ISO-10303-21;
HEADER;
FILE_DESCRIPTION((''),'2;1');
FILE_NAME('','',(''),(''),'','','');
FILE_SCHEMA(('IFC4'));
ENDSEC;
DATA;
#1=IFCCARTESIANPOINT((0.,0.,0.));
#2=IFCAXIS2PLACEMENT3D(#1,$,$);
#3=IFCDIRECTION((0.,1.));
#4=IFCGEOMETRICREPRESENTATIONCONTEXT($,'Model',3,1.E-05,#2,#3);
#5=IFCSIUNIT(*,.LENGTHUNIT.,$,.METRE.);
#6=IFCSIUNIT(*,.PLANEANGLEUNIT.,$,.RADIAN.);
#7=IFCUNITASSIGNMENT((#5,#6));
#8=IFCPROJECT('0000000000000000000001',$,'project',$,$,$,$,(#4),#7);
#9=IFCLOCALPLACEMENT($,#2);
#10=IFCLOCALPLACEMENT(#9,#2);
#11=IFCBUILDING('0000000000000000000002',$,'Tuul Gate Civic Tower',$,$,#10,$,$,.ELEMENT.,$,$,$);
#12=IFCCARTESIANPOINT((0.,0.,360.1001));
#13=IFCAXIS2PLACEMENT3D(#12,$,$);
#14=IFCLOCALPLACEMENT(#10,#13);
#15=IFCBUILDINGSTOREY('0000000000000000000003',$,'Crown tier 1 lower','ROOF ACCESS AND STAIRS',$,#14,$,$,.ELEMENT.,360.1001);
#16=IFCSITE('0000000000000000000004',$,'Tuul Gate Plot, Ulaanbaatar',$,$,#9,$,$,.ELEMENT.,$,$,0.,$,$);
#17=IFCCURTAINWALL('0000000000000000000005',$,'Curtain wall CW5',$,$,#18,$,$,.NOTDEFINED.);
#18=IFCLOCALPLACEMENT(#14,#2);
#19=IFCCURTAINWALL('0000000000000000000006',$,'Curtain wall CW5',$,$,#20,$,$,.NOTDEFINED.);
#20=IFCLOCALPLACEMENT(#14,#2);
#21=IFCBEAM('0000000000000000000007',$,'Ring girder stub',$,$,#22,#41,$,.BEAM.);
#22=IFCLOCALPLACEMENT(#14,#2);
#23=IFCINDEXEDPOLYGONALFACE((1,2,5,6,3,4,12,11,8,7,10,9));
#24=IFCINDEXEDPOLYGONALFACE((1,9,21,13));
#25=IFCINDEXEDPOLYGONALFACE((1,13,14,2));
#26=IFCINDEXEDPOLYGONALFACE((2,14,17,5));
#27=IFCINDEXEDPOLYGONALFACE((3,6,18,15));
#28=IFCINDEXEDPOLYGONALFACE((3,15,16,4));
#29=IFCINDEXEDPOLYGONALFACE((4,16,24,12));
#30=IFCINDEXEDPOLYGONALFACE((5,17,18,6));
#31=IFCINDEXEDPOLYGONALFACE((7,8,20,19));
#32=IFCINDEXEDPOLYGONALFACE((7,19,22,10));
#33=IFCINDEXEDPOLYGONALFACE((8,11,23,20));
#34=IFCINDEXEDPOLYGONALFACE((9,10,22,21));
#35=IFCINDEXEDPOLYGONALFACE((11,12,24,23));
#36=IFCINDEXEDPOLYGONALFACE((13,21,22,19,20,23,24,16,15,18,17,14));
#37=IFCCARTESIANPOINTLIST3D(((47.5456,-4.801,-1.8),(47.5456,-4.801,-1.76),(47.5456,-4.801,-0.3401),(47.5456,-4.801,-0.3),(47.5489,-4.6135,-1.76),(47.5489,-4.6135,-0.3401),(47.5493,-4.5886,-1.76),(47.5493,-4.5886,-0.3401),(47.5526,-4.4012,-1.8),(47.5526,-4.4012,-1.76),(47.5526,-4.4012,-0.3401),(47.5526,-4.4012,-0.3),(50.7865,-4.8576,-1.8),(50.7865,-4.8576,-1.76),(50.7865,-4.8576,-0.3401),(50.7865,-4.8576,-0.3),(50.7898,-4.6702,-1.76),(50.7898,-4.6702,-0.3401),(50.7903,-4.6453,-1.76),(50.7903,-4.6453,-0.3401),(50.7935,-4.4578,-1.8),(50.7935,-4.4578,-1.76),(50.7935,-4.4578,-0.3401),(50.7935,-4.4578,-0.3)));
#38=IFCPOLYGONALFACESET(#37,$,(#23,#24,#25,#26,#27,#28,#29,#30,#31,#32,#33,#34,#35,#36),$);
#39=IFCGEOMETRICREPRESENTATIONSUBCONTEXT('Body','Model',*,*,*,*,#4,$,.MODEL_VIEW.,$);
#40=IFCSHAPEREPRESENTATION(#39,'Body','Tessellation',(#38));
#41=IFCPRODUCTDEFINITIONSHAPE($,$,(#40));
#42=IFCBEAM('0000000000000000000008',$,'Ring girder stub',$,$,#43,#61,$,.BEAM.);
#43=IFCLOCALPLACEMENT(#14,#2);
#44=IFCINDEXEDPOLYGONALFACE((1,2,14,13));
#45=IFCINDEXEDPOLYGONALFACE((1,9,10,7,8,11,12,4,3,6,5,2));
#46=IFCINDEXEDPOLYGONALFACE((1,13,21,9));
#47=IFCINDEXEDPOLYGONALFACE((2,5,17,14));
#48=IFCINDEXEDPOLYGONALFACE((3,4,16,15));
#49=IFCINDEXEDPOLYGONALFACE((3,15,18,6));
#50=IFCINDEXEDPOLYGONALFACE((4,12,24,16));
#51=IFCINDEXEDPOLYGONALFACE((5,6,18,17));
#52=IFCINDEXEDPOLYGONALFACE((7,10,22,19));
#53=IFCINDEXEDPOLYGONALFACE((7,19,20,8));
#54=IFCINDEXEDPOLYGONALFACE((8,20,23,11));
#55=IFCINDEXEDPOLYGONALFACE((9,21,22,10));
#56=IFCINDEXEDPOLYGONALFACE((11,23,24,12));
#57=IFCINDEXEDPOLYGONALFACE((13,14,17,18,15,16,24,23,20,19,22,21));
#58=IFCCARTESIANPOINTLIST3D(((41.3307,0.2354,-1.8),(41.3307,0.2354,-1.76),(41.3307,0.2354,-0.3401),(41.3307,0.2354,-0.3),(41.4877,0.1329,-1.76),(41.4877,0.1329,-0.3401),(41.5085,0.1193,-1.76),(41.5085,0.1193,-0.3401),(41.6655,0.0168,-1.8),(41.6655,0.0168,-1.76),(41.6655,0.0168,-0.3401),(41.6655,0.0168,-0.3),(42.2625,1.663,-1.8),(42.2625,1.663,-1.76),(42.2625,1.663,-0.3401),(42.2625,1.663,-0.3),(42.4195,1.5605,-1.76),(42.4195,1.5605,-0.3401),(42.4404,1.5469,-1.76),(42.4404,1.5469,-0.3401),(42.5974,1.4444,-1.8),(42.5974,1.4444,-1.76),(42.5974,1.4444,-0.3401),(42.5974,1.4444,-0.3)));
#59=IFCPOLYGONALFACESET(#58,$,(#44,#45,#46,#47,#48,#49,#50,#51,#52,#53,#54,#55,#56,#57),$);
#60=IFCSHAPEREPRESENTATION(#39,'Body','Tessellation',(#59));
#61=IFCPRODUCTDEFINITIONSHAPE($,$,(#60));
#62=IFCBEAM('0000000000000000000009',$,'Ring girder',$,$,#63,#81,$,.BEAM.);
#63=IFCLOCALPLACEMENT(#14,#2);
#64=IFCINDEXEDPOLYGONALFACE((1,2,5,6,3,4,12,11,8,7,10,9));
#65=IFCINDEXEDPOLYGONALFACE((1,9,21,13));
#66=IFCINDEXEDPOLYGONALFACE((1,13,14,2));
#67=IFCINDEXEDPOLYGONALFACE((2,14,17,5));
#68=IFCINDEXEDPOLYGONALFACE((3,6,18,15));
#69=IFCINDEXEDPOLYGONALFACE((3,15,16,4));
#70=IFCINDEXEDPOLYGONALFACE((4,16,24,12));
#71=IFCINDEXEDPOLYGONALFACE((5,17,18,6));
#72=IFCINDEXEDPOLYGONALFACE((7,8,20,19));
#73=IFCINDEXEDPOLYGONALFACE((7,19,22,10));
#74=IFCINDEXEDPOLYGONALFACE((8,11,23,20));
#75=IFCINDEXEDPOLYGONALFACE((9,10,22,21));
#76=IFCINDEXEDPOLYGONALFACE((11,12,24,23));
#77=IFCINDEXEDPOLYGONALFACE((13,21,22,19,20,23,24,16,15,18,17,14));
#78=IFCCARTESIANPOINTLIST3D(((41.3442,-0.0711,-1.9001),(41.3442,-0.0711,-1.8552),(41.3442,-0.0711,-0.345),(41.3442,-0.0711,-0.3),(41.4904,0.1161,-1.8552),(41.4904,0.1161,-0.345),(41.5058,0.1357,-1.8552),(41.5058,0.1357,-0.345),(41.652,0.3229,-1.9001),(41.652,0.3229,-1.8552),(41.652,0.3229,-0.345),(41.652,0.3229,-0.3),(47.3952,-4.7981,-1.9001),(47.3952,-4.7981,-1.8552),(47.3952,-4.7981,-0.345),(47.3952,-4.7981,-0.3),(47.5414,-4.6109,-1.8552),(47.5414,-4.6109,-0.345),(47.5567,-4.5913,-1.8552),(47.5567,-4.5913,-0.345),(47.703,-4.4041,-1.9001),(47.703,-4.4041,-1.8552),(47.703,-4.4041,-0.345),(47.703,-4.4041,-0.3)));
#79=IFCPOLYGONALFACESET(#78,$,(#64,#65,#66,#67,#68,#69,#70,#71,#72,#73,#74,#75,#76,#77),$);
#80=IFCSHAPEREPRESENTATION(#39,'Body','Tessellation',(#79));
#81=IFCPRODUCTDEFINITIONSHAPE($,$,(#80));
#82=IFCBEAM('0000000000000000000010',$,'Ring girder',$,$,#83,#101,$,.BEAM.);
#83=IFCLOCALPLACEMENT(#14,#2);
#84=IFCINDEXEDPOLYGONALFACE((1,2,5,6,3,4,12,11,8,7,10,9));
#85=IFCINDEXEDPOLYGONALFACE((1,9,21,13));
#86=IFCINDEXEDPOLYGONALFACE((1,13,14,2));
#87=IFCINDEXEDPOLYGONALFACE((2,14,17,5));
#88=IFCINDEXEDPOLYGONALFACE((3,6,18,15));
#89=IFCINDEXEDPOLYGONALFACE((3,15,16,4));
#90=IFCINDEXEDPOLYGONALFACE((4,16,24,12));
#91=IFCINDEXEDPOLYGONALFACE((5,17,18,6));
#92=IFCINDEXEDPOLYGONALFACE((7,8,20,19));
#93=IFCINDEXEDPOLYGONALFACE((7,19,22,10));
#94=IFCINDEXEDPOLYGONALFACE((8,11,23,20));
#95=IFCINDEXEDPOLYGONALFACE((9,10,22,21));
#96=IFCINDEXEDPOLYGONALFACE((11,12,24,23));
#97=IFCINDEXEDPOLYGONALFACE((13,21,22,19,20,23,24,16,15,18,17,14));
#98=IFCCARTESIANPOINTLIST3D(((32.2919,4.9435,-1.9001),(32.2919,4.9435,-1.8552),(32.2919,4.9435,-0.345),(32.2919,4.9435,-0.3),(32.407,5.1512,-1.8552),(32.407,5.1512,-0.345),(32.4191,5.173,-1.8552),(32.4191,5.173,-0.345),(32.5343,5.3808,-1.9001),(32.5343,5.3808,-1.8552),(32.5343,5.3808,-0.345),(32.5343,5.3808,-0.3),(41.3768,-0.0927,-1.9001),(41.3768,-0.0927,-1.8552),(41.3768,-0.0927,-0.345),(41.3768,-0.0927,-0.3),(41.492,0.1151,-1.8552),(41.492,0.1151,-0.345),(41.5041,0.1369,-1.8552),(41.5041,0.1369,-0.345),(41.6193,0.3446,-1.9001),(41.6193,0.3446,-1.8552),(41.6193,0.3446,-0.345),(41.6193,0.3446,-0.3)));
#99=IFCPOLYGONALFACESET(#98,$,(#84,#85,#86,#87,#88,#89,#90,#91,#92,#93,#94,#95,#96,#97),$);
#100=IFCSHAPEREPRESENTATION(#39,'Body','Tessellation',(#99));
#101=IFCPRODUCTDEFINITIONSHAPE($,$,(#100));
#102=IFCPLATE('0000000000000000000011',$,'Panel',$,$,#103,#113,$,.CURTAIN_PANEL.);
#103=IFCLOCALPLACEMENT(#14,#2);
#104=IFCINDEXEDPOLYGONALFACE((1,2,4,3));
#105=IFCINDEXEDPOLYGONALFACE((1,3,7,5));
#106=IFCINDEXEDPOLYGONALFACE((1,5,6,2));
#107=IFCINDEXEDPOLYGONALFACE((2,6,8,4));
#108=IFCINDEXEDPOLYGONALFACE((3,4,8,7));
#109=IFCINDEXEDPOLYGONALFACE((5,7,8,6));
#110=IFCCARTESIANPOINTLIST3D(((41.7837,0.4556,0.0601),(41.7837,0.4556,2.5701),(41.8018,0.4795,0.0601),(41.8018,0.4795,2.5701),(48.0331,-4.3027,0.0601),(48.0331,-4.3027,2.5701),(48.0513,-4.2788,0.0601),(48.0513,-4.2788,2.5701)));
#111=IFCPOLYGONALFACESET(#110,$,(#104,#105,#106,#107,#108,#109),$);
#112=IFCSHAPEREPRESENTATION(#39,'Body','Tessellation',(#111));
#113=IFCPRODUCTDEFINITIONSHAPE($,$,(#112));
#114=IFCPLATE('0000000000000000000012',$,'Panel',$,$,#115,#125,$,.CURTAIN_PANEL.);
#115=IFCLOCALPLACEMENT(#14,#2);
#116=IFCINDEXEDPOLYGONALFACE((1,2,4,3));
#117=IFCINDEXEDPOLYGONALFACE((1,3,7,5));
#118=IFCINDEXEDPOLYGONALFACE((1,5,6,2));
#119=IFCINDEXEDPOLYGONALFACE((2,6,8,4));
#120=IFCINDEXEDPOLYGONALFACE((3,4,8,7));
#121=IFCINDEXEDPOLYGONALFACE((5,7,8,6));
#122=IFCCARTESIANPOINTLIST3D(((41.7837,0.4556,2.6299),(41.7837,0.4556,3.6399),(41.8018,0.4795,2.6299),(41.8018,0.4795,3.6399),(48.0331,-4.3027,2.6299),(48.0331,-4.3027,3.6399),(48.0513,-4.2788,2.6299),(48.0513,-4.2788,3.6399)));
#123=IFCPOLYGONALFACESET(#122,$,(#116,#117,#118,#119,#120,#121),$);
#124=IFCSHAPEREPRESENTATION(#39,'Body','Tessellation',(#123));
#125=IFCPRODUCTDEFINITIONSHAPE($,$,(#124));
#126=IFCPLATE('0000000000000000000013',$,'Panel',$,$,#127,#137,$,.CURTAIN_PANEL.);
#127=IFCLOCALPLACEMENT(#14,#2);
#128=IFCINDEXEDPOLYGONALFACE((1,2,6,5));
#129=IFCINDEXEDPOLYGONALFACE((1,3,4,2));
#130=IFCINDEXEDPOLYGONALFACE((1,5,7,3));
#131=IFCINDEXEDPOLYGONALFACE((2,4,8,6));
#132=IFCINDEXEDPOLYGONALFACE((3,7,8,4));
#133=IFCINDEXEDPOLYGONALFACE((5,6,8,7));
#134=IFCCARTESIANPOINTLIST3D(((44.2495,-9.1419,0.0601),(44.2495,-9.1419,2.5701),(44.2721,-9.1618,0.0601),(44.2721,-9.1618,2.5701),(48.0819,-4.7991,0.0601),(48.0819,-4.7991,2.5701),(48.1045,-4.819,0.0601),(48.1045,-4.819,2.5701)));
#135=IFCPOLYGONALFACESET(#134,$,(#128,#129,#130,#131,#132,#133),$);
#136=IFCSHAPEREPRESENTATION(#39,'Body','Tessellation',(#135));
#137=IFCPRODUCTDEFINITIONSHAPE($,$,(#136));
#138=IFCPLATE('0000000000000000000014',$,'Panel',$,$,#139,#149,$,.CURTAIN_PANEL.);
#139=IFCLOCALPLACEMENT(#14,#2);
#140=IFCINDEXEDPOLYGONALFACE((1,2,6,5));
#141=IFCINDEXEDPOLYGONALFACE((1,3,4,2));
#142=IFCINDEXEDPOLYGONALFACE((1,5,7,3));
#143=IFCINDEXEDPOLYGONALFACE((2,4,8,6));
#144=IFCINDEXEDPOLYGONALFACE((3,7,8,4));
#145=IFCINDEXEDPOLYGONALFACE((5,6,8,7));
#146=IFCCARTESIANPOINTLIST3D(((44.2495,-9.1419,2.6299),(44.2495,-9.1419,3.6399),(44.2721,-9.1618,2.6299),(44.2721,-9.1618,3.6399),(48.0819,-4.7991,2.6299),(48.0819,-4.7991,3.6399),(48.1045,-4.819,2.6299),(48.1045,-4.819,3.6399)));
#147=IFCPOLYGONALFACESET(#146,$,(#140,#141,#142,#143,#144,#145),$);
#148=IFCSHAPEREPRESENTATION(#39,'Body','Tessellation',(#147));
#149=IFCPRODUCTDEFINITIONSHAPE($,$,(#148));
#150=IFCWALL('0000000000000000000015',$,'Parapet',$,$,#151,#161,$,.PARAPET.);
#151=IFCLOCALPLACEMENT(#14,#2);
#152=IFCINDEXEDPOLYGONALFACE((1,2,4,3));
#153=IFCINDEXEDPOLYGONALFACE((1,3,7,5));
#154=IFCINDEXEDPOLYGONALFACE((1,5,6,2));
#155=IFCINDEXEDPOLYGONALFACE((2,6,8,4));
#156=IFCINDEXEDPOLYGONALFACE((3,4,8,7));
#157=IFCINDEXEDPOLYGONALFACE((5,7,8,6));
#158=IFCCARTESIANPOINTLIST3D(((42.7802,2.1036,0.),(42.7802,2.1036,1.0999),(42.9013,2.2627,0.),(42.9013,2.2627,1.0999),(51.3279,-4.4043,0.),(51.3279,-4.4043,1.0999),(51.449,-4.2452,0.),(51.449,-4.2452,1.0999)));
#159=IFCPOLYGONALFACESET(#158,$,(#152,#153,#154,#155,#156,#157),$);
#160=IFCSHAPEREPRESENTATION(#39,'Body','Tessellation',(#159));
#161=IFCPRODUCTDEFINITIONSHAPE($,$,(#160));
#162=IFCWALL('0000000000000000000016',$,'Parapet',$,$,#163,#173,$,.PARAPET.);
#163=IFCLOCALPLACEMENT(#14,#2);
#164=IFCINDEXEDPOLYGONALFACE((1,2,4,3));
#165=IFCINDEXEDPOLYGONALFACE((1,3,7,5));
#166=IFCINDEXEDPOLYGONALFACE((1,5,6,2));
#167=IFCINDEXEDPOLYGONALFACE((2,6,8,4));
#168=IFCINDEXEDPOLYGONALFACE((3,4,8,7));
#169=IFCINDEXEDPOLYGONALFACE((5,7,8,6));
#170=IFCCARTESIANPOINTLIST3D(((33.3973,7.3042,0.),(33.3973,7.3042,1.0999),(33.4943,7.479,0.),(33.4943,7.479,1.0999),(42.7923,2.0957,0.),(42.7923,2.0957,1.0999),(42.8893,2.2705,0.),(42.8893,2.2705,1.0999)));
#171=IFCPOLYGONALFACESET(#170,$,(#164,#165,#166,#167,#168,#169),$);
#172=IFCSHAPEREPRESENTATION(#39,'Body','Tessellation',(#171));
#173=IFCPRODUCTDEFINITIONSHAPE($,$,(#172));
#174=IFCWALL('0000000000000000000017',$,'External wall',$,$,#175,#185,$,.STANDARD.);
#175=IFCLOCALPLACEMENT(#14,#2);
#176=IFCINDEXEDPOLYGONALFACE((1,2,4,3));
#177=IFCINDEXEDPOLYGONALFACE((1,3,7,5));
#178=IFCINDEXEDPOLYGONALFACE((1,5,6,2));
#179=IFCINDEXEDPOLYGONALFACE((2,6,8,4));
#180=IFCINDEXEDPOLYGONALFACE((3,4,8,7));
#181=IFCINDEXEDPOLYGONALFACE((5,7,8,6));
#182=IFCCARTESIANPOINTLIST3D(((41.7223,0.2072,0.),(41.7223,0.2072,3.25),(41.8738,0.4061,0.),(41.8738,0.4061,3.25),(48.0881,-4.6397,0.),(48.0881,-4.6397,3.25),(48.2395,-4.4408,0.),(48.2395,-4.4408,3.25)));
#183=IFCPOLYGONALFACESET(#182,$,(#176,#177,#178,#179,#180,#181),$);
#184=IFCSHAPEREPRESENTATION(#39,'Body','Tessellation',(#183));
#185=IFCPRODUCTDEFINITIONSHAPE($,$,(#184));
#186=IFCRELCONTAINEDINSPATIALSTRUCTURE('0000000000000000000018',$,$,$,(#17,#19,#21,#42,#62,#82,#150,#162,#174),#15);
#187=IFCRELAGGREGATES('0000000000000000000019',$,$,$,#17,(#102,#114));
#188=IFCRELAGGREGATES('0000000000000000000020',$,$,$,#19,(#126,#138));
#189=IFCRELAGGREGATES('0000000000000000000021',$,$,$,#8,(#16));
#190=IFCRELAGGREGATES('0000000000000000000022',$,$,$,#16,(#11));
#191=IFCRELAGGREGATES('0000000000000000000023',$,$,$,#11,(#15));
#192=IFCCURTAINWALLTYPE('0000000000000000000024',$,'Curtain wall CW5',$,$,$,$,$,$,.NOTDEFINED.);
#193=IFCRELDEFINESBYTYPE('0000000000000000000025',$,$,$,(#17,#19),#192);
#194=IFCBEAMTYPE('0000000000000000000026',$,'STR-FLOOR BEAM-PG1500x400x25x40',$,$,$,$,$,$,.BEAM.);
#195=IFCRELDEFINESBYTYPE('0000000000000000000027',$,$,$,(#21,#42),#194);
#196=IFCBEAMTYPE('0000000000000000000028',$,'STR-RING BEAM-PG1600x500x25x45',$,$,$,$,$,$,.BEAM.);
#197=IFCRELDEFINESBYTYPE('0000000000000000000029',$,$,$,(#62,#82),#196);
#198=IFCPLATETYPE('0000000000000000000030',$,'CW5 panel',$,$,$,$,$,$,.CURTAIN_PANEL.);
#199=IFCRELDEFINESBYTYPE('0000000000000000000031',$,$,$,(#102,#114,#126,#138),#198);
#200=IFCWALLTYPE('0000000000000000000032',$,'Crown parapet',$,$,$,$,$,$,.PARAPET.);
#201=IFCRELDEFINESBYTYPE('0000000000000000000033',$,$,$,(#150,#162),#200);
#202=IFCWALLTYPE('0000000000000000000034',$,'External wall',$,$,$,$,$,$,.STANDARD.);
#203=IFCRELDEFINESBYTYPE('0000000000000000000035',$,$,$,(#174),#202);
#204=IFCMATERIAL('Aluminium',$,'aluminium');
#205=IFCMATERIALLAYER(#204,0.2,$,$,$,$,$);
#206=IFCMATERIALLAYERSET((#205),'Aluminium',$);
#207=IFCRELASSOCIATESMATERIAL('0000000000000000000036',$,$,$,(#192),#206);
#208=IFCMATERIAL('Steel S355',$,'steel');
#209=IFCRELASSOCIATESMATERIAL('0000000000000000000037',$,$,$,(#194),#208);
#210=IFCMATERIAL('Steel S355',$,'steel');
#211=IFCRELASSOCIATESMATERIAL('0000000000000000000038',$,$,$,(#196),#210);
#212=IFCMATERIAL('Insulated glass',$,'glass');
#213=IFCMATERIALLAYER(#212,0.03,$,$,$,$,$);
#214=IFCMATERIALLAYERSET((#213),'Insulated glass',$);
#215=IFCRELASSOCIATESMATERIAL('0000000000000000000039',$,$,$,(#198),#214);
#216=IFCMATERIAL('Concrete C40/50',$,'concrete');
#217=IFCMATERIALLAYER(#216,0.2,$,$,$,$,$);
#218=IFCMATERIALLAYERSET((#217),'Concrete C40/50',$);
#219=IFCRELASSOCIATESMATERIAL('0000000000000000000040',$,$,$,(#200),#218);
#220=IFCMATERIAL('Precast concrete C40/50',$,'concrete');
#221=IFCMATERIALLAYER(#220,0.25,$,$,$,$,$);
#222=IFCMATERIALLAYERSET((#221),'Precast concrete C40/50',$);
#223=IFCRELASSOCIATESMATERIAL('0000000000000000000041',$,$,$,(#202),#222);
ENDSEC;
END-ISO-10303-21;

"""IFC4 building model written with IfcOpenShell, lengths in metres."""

from ifc_helpers import new_model, si_unit, direction, frame, frame_2d, origin, origin_2d, place, context, subcontext, project, spatial, rectangle, i_section, extrude, material, layer, layer_set, material_profile, profile_set, type_object, element, aggregate, save


model = new_model("IFC4")

# Units and contexts
model_context = context("Model", 3, precision=1e-05, world=origin(), true_north=direction((0.0, 1.0)))
body_context = subcontext(model_context, "Body", "Model", "MODEL_VIEW")
ifc_project = project(units=[si_unit("LENGTHUNIT", "METRE"), si_unit("PLANEANGLEUNIT", "RADIAN")], contexts=[model_context])

# Site, building, storey
site_placement = place(None, origin())
site = spatial("IfcSite", under=ifc_project, at=site_placement, Name="Tuul Gate Plot, Ulaanbaatar", CompositionType="ELEMENT", RefElevation=0.0)
building_placement = place(site_placement, origin())
building = spatial("IfcBuilding", under=site, at=building_placement, Name="Tuul Gate Civic Tower", CompositionType="ELEMENT")
storey_placement = place(building_placement, frame((0.0, 0.0, 360.1001)))
storey = spatial("IfcBuildingStorey", under=building, at=storey_placement, Name="Crown tier 1 lower", Description="ROOF ACCESS AND STAIRS", CompositionType="ELEMENT", Elevation=360.1001)

# Curtain wall
ifc_material_1 = material(Name="Aluminium", Category="aluminium")
ifc_layer_1 = layer(ifc_material_1, 0.2)
ifc_layer_set_1 = layer_set([ifc_layer_1], Name="Aluminium")
curtain_wall_type = type_object("IfcCurtainWallType", Name="Curtain wall CW5", PredefinedType="NOTDEFINED", material=ifc_layer_set_1)
curtain_wall_1_placement = place(storey_placement, origin())
curtain_wall_1 = element("IfcCurtainWall", 1, at=curtain_wall_1_placement, inside=storey, type_object=curtain_wall_type, Name="Curtain wall CW5", PredefinedType="NOTDEFINED")

# Curtain wall
curtain_wall_2_placement = place(storey_placement, origin())
curtain_wall_2 = element("IfcCurtainWall", 2, at=curtain_wall_2_placement, inside=storey, type_object=curtain_wall_type, Name="Curtain wall CW5", PredefinedType="NOTDEFINED")

# Beams
ifc_material_2 = material(Name="Steel S355", Category="steel")
ifc_material_profile_1 = material_profile(ifc_material_2, i_section(OverallWidth=0.3999, OverallDepth=1.5, WebThickness=0.0249, FlangeThickness=0.04, at=origin_2d()), Name="PG1500x400x25x40")
ifc_profile_set_1 = profile_set([ifc_material_profile_1], Name="Steel S355")
beam_type_1 = type_object("IfcBeamType", Name="STR-FLOOR BEAM-PG1500x400x25x40", PredefinedType="BEAM", material=ifc_profile_set_1)
beam_1_placement = place(storey_placement, frame((50.79, -4.6577, -1.05), z_axis=(-0.999847, 0.017474, 0.0), x_axis=(-0.017474, -0.999847, 0.0)))
element("IfcBeam", 3, at=beam_1_placement, inside=storey, type_object=beam_type_1, Name="Ring girder stub", PredefinedType="BEAM", context=body_context, shape_type="SweptSolid", body=[
    extrude(i_section(OverallWidth=0.3999, OverallDepth=1.5, WebThickness=0.0249, FlangeThickness=0.04, at=origin_2d()), origin(), (0.0, 0.0, 1.0), 3.2415),
])
beam_2_placement = place(storey_placement, frame((42.4299, 1.5537, -1.05), z_axis=(-0.546578, -0.837408, 0.0), x_axis=(0.837408, -0.546578, 0.0)))
element("IfcBeam", 4, at=beam_2_placement, inside=storey, type_object=beam_type_1, Name="Ring girder stub", PredefinedType="BEAM", context=body_context, shape_type="SweptSolid", body=[
    extrude(i_section(OverallWidth=0.3999, OverallDepth=1.5, WebThickness=0.0249, FlangeThickness=0.04, at=origin_2d()), origin(), (0.0, 0.0, 1.0), 1.7048),
])
ifc_material_3 = material(Name="Steel S355", Category="steel")
ifc_material_profile_2 = material_profile(ifc_material_3, i_section(OverallWidth=0.5, OverallDepth=1.6001, WebThickness=0.0249, FlangeThickness=0.0449, at=origin_2d()), Name="PG1600x500x25x45")
ifc_profile_set_2 = profile_set([ifc_material_profile_2], Name="Steel S355")
beam_type_2 = type_object("IfcBeamType", Name="STR-RING BEAM-PG1600x500x25x45", PredefinedType="BEAM", material=ifc_profile_set_2)
beam_3_placement = place(storey_placement, frame((47.5491, -4.6011, -1.1001), z_axis=(-0.788044, 0.615619, 0.0), x_axis=(-0.615619, -0.788044, 0.0)))
element("IfcBeam", 5, at=beam_3_placement, inside=storey, type_object=beam_type_2, Name="Ring girder", PredefinedType="BEAM", context=body_context, shape_type="SweptSolid", body=[
    extrude(i_section(OverallWidth=0.5, OverallDepth=1.6001, WebThickness=0.0249, FlangeThickness=0.0449, at=origin_2d()), origin(), (0.0, 0.0, 1.0), 7.6785),
])
beam_4_placement = place(storey_placement, frame((41.498, 0.126, -1.1001), z_axis=(-0.874609, 0.484829, 0.0), x_axis=(-0.484829, -0.874609, 0.0)))
element("IfcBeam", 6, at=beam_4_placement, inside=storey, type_object=beam_type_2, Name="Ring girder", PredefinedType="BEAM", context=body_context, shape_type="SweptSolid", body=[
    extrude(i_section(OverallWidth=0.5, OverallDepth=1.6001, WebThickness=0.0249, FlangeThickness=0.0449, at=origin_2d()), origin(), (0.0, 0.0, 1.0), 10.3875),
])

# Plates
ifc_material_4 = material(Name="Insulated glass", Category="glass")
ifc_layer_2 = layer(ifc_material_4, 0.03)
ifc_layer_set_2 = layer_set([ifc_layer_2], Name="Insulated glass")
plate_type = type_object("IfcPlateType", Name="CW5 panel", PredefinedType="CURTAIN_PANEL", material=ifc_layer_set_2)
plate_1_placement = place(storey_placement, frame((44.9175, -1.9116, 0.0601), z_axis=(0.0, 0.0, 1.0), x_axis=(-0.79563, 0.605782, 0.0)))
plate_1 = element("IfcPlate", 7, at=plate_1_placement, type_object=plate_type, Name="Panel", PredefinedType="CURTAIN_PANEL", context=body_context, shape_type="SweptSolid", body=[
    extrude(rectangle(XDim=7.8547, YDim=0.03, at=origin_2d()), origin(), (0.0, 0.0, 1.0), 2.51),
])
plate_2_placement = place(storey_placement, frame((44.9175, -1.9116, 2.6299), z_axis=(0.0, 0.0, 1.0), x_axis=(-0.79563, 0.605782, 0.0)))
plate_2 = element("IfcPlate", 8, at=plate_2_placement, type_object=plate_type, Name="Panel", PredefinedType="CURTAIN_PANEL", context=body_context, shape_type="SweptSolid", body=[
    extrude(rectangle(XDim=7.8547, YDim=0.03, at=origin_2d()), origin(), (0.0, 0.0, 1.0), 1.01),
])
aggregate(curtain_wall_1, [plate_1, plate_2])
plate_3_placement = place(storey_placement, frame((46.177, -6.9805, 0.0601), z_axis=(0.0, 0.0, 1.0), x_axis=(0.661672, 0.749793, 0.0)))
plate_3 = element("IfcPlate", 9, at=plate_3_placement, type_object=plate_type, Name="Panel", PredefinedType="CURTAIN_PANEL", context=body_context, shape_type="SweptSolid", body=[
    extrude(rectangle(XDim=5.792, YDim=0.03, at=origin_2d()), origin(), (0.0, 0.0, 1.0), 2.51),
])
plate_4_placement = place(storey_placement, frame((46.177, -6.9805, 2.6299), z_axis=(0.0, 0.0, 1.0), x_axis=(0.661672, 0.749793, 0.0)))
plate_4 = element("IfcPlate", 10, at=plate_4_placement, type_object=plate_type, Name="Panel", PredefinedType="CURTAIN_PANEL", context=body_context, shape_type="SweptSolid", body=[
    extrude(rectangle(XDim=5.792, YDim=0.03, at=origin_2d()), origin(), (0.0, 0.0, 1.0), 1.01),
])
aggregate(curtain_wall_2, [plate_3, plate_4])

# Walls
ifc_material_5 = material(Name="Concrete C40/50", Category="concrete")
ifc_layer_3 = layer(ifc_material_5, 0.2)
ifc_layer_set_3 = layer_set([ifc_layer_3], Name="Concrete C40/50")
wall_type_1 = type_object("IfcWallType", Name="Crown parapet", PredefinedType="PARAPET", material=ifc_layer_set_3)
wall_1_placement = place(storey_placement, frame((51.3884, -4.3247, 0.0), z_axis=(0.0, 0.0, 1.0), x_axis=(-0.79564, 0.605769, 0.0)))
element("IfcWall", 11, at=wall_1_placement, inside=storey, type_object=wall_type_1, Name="Parapet", PredefinedType="PARAPET", context=body_context, shape_type="SweptSolid", body=[
    extrude(rectangle(XDim=10.7432, YDim=0.2, at=frame_2d((5.3716, 0.0))), origin(), (0.0, 0.0, 1.0), 1.0999),
])
wall_2_placement = place(storey_placement, frame((42.8408, 2.1831, 0.0), z_axis=(0.0, 0.0, 1.0), x_axis=(-0.87459, 0.484863, 0.0)))
element("IfcWall", 12, at=wall_2_placement, inside=storey, type_object=wall_type_1, Name="Parapet", PredefinedType="PARAPET", context=body_context, shape_type="SweptSolid", body=[
    extrude(rectangle(XDim=10.7422, YDim=0.2, at=frame_2d((5.3711, 0.0))), origin(), (0.0, 0.0, 1.0), 1.0999),
])
ifc_material_6 = material(Name="Precast concrete C40/50", Category="concrete")
ifc_layer_4 = layer(ifc_material_6, 0.25)
ifc_layer_set_4 = layer_set([ifc_layer_4], Name="Precast concrete C40/50")
wall_type_2 = type_object("IfcWallType", Name="External wall", PredefinedType="STANDARD", material=ifc_layer_set_4)
wall_3_placement = place(storey_placement, frame((48.1638, -4.5403, 0.0), z_axis=(0.0, 0.0, 1.0), x_axis=(-0.795622, 0.605794, 0.0)))
element("IfcWall", 13, at=wall_3_placement, inside=storey, type_object=wall_type_2, Name="External wall", PredefinedType="STANDARD", context=body_context, shape_type="SweptSolid", body=[
    extrude(rectangle(XDim=8.001, YDim=0.25, at=frame_2d((4.0005, 0.0))), origin(), (0.0, 0.0, 1.0), 3.25),
])

save(model, "model.ifc")
